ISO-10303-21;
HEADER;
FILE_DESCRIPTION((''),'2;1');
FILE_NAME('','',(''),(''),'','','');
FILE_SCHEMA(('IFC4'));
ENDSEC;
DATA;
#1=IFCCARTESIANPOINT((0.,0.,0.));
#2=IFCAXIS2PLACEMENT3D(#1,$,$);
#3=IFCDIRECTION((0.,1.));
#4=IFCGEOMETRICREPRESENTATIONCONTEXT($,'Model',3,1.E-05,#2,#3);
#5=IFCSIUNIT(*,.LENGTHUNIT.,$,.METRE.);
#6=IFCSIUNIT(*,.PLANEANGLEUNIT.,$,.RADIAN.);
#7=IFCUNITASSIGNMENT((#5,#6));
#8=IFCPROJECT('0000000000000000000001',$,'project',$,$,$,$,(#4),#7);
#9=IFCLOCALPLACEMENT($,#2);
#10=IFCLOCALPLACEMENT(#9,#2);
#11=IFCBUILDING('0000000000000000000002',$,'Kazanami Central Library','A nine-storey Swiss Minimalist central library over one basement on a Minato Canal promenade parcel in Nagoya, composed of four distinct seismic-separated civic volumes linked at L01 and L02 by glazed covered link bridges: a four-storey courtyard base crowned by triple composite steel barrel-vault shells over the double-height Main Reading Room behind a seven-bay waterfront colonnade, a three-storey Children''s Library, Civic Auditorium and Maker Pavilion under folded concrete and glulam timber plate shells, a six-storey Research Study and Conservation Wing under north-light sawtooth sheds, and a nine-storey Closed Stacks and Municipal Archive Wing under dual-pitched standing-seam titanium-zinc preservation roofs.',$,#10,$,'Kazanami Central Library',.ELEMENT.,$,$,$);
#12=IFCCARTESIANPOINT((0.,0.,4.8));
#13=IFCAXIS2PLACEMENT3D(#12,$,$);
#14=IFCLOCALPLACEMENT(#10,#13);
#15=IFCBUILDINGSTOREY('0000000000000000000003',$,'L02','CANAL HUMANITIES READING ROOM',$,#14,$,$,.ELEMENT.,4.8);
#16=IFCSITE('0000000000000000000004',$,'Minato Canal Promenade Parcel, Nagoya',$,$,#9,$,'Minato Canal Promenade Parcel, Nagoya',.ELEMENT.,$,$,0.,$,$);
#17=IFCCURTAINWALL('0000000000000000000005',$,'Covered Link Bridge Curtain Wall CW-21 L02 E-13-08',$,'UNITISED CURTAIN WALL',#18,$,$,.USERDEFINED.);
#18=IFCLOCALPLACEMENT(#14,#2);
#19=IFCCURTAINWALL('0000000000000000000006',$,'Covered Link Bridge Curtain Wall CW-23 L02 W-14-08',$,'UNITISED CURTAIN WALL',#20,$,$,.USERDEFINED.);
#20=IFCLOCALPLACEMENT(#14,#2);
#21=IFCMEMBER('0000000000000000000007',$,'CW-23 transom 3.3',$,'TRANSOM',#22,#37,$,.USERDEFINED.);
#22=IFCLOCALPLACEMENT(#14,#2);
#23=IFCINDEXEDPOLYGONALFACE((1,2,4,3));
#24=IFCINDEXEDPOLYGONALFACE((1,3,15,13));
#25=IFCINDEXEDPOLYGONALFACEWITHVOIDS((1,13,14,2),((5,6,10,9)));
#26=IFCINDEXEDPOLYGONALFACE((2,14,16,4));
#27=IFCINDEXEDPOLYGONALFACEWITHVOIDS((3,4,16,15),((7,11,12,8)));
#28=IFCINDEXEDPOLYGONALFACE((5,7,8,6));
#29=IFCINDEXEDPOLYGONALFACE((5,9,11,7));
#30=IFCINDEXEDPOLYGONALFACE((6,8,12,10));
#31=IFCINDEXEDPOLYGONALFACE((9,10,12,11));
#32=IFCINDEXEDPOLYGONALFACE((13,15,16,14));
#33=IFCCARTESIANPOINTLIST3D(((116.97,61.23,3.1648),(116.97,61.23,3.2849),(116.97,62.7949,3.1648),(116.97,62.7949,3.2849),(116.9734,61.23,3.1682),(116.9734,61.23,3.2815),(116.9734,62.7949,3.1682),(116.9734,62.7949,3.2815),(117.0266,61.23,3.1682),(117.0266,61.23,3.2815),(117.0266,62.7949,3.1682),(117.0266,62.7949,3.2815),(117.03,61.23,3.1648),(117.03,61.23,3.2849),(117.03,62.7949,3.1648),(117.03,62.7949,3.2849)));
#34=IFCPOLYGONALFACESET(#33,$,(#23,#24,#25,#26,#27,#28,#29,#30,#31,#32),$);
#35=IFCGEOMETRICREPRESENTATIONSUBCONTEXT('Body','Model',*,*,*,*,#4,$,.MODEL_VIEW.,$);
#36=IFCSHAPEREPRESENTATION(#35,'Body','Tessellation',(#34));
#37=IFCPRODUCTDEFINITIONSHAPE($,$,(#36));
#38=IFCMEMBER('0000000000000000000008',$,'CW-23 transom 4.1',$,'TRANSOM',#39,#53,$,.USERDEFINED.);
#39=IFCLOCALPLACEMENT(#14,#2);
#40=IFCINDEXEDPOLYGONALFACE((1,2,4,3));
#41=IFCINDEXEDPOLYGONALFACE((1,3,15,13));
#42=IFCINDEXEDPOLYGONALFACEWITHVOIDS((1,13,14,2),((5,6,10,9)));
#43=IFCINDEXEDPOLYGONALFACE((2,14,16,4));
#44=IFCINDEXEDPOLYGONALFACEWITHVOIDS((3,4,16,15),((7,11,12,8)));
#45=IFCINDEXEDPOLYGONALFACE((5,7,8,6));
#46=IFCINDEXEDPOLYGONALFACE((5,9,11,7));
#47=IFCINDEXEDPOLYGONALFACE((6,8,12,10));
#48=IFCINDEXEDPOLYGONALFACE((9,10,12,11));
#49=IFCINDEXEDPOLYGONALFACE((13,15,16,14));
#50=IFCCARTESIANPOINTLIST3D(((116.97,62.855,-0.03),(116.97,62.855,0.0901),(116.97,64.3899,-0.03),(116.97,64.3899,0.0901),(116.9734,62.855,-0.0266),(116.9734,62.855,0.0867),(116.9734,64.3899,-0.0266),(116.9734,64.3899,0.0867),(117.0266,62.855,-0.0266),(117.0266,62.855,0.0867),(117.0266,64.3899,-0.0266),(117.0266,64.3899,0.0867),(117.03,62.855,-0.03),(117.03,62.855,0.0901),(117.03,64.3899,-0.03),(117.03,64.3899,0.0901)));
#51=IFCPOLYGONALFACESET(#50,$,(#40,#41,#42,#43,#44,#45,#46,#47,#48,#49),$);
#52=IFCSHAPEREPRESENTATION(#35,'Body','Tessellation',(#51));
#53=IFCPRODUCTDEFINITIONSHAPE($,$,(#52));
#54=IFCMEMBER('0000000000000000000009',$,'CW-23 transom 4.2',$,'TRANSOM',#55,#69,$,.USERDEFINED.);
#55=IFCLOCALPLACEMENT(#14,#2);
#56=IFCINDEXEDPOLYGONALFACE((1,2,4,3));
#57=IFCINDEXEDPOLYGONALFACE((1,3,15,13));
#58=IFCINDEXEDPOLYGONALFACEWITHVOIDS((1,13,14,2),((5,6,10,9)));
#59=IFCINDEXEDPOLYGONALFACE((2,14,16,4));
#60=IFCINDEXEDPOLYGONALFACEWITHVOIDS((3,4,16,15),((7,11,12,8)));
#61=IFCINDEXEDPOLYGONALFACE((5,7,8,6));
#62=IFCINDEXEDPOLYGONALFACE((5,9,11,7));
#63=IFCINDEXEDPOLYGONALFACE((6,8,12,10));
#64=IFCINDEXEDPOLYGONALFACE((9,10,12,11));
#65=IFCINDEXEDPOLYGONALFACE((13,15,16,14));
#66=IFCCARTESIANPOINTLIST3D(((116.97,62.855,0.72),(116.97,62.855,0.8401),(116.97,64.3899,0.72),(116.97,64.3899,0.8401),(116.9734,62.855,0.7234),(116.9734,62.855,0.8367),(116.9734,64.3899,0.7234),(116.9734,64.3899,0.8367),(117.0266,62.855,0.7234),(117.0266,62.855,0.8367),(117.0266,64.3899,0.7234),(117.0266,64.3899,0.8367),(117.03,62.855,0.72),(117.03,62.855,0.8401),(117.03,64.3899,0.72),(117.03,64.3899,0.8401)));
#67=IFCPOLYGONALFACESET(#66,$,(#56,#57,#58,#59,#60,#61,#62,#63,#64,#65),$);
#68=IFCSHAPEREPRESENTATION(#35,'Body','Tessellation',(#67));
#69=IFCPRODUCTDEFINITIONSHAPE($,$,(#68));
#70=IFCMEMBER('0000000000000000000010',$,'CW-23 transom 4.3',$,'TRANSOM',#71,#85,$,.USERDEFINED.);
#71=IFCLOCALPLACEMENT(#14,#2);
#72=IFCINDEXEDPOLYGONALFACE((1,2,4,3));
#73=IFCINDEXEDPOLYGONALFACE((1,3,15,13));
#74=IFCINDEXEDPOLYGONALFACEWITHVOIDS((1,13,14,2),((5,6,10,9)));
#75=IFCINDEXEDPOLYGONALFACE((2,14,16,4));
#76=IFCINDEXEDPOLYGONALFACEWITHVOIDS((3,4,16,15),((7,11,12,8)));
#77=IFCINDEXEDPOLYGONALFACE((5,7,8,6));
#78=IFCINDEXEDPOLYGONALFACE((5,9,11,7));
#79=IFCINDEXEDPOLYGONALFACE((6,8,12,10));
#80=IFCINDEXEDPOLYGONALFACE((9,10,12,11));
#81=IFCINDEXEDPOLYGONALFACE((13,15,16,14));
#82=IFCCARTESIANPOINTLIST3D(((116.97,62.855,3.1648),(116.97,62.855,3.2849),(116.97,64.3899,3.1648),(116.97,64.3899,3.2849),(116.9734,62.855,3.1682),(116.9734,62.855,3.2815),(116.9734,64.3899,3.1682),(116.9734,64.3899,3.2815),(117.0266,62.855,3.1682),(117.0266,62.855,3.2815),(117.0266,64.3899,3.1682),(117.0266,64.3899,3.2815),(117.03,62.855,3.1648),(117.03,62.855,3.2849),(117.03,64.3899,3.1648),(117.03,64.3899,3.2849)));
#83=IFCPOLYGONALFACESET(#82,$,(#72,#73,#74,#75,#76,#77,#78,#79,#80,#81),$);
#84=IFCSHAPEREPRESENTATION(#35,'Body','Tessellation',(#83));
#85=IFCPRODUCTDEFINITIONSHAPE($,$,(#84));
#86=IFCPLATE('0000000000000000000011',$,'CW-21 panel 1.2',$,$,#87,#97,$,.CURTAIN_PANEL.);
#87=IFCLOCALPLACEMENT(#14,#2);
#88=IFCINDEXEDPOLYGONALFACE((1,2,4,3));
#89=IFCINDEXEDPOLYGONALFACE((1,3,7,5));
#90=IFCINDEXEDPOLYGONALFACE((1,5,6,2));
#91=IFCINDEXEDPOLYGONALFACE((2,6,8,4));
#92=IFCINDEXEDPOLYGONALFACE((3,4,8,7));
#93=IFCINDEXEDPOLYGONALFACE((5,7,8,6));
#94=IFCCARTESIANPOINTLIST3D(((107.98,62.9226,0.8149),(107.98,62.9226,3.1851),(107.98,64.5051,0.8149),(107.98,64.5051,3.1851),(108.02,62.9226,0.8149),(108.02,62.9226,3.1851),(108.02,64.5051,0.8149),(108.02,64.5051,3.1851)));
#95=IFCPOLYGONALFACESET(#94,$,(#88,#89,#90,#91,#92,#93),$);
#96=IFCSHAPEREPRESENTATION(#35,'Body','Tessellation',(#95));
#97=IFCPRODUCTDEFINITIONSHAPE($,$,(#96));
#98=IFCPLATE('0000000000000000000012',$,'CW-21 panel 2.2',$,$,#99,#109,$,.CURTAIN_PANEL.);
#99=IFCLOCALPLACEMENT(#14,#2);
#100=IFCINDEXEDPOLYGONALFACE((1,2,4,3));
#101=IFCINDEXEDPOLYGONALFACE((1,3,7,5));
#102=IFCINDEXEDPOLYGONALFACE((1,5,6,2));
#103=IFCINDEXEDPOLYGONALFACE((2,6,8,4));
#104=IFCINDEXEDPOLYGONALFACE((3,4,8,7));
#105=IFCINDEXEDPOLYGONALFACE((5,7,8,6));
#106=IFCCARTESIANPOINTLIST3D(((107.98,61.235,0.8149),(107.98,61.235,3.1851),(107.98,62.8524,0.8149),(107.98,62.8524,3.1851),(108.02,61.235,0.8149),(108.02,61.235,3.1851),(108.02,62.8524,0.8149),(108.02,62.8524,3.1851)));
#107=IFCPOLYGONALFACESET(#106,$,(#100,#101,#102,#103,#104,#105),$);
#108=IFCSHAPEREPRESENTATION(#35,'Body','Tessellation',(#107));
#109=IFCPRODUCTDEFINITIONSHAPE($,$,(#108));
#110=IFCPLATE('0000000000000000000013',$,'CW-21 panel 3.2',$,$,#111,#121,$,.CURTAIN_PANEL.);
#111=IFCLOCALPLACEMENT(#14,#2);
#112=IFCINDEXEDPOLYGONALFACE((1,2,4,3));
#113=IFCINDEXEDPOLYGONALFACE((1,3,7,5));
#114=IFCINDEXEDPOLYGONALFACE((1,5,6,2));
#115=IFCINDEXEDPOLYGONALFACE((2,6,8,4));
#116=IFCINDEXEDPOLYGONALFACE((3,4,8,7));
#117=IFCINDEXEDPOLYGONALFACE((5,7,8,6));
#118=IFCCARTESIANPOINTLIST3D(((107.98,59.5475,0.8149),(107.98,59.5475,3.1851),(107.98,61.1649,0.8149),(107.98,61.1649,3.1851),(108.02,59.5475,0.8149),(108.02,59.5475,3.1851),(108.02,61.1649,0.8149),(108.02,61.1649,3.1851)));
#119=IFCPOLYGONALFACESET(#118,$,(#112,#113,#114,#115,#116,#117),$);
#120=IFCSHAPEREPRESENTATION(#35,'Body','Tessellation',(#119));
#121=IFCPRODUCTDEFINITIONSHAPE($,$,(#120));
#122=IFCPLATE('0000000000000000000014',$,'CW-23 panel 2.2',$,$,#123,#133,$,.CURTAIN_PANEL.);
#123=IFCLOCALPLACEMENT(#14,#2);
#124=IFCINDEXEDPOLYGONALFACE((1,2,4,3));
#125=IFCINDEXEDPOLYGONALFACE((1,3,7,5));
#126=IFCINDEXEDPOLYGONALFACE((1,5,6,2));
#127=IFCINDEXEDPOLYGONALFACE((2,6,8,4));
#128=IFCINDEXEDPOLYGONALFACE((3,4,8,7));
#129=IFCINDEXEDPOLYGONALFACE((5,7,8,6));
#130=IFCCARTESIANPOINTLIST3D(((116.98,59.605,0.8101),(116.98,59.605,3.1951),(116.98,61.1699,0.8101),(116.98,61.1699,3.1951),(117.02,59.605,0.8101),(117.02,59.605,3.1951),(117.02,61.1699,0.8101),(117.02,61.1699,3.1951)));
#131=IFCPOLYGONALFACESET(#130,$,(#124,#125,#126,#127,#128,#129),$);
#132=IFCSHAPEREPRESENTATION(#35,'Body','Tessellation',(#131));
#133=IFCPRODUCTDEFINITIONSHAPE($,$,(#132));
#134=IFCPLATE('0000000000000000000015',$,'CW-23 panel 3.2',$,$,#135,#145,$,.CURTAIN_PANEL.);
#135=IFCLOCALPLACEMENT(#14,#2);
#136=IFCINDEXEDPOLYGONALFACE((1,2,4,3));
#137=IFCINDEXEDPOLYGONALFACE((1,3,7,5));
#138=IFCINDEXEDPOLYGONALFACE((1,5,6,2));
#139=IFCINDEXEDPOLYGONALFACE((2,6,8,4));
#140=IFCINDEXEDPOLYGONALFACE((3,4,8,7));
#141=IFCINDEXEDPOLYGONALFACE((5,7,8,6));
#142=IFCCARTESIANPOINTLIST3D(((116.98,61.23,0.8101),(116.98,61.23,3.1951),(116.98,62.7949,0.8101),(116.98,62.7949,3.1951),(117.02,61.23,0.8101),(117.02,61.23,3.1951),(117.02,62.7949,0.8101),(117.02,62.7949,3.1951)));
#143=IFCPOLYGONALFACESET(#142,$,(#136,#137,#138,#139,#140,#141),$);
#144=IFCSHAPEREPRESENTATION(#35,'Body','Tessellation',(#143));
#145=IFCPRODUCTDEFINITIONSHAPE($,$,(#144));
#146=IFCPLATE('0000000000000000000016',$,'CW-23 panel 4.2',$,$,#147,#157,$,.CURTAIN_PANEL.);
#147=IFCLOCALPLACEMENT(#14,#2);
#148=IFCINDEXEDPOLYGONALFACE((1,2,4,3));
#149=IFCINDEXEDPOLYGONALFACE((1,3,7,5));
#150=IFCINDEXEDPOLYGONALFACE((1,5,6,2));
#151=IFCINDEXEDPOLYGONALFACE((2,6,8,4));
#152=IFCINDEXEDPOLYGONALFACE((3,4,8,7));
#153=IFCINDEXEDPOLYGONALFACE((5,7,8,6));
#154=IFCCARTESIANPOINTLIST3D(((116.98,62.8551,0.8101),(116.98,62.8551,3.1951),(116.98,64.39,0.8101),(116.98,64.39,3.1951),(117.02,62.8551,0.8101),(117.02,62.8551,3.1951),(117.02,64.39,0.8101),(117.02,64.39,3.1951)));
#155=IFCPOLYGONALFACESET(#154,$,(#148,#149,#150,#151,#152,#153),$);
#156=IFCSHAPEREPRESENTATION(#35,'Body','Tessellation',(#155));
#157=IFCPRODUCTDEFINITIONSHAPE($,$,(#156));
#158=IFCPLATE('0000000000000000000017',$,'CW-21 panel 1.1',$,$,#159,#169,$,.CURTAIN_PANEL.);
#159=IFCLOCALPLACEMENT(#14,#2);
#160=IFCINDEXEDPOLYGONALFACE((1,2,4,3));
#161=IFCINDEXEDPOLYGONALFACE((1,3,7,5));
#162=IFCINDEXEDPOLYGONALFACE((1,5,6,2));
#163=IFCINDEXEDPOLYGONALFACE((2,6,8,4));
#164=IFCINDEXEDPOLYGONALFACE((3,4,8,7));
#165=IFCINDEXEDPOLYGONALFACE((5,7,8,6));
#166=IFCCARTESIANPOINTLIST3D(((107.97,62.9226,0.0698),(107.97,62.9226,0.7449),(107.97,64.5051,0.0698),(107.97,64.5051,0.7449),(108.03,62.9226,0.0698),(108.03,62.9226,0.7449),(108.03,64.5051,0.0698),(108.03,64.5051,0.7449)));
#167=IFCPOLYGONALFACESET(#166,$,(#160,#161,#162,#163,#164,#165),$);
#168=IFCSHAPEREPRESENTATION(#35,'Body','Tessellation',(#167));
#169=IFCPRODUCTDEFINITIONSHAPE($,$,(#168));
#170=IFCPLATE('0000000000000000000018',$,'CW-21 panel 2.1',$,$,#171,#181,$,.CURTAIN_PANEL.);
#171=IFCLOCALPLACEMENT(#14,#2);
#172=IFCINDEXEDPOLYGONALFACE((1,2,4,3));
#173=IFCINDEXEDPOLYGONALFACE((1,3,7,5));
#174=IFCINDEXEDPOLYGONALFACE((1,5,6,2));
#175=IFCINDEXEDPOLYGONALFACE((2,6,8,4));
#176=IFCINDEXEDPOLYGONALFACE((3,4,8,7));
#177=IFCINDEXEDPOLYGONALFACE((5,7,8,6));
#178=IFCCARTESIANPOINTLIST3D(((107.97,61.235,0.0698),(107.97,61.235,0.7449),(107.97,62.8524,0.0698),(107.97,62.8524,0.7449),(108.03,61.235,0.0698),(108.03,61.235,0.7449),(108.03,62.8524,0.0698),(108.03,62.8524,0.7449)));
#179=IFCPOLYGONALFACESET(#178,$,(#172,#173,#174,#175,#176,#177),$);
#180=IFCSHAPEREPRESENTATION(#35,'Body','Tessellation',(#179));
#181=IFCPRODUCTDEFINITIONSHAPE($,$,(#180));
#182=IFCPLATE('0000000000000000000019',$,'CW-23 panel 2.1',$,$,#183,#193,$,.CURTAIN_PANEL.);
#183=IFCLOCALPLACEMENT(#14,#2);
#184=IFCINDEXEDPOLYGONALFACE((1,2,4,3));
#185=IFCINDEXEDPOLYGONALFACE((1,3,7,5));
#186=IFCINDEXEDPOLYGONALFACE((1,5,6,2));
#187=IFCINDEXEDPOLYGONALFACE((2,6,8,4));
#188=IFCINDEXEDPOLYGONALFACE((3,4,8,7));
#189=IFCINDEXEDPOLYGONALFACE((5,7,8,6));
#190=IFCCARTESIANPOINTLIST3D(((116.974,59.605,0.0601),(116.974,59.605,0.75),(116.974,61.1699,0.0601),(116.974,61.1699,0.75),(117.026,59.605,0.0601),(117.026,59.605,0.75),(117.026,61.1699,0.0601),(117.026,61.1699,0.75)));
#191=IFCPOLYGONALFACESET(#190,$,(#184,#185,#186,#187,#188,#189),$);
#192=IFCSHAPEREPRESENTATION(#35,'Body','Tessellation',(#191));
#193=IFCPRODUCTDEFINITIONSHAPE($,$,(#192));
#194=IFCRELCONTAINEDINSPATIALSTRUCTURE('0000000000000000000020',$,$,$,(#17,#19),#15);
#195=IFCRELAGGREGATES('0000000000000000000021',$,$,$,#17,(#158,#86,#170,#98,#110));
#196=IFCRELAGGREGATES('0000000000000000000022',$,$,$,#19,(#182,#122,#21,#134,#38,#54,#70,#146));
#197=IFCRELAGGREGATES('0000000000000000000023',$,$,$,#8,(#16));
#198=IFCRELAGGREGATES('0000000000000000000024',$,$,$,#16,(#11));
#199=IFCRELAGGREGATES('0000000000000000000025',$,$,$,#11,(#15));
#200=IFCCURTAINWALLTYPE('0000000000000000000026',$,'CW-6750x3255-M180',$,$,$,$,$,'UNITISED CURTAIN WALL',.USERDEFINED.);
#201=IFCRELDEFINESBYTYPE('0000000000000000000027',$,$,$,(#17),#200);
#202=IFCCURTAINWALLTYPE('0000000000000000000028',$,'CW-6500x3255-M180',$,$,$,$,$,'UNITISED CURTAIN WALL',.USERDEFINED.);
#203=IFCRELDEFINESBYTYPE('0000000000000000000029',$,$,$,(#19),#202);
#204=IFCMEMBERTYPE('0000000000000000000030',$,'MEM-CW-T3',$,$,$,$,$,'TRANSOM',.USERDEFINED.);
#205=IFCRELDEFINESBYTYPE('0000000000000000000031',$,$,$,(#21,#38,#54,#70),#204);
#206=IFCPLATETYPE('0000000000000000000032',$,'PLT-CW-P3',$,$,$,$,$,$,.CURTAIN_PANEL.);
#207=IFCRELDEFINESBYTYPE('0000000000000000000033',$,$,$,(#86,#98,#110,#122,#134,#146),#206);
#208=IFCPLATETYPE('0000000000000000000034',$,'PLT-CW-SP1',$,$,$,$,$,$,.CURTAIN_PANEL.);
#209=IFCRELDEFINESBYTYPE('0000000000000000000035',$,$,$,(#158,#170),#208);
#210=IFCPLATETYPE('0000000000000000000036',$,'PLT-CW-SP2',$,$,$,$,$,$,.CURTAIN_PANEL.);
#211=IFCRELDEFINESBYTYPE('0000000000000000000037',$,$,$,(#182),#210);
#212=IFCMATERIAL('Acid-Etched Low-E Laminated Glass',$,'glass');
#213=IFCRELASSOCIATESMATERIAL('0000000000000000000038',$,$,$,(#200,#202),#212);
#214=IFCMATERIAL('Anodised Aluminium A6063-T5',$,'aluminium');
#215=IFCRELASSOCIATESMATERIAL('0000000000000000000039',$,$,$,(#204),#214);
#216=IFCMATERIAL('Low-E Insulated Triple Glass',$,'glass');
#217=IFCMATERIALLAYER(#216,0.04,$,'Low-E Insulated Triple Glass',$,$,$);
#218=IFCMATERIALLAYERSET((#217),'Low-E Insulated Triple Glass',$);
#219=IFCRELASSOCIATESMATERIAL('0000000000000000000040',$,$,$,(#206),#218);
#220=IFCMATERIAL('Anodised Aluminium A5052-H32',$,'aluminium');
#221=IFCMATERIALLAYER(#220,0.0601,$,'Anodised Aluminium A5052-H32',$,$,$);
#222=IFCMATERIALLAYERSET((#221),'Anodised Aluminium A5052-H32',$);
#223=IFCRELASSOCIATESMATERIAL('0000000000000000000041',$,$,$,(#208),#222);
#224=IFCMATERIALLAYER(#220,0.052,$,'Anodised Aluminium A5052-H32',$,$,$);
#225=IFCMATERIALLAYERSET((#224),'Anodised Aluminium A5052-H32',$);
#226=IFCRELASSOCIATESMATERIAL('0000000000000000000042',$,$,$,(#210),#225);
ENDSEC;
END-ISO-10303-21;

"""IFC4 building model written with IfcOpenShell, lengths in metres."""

from ifc_helpers import new_model, si_unit, direction, frame, origin, origin_2d, place, context, subcontext, project, spatial, rectangle, hollow_rectangle, extrude, material, layer, layer_set, material_profile, profile_set, type_object, element, aggregate, save


model = new_model("IFC4")

# Units and contexts
model_context = context("Model", 3, precision=1e-05, world=origin(), true_north=direction((0.0, 1.0)))
body_context = subcontext(model_context, "Body", "Model", "MODEL_VIEW")
ifc_project = project(units=[si_unit("LENGTHUNIT", "METRE"), si_unit("PLANEANGLEUNIT", "RADIAN")], contexts=[model_context])

# Site, building, storey
site_placement = place(None, origin())
site = spatial("IfcSite", under=ifc_project, at=site_placement, Name="Minato Canal Promenade Parcel, Nagoya", LongName="Minato Canal Promenade Parcel, Nagoya", CompositionType="ELEMENT", RefElevation=0.0)
building_placement = place(site_placement, origin())
building = spatial("IfcBuilding", under=site, at=building_placement, Name="Kazanami Central Library", Description="A nine-storey Swiss Minimalist central library over one basement on a Minato Canal promenade parcel in Nagoya, composed of four distinct seismic-separated civic volumes linked at L01 and L02 by glazed covered link bridges: a four-storey courtyard base crowned by triple composite steel barrel-vault shells over the double-height Main Reading Room behind a seven-bay waterfront colonnade, a three-storey Children's Library, Civic Auditorium and Maker Pavilion under folded concrete and glulam timber plate shells, a six-storey Research Study and Conservation Wing under north-light sawtooth sheds, and a nine-storey Closed Stacks and Municipal Archive Wing under dual-pitched standing-seam titanium-zinc preservation roofs.", LongName="Kazanami Central Library", CompositionType="ELEMENT")
storey_placement = place(building_placement, frame((0.0, 0.0, 4.8)))
storey = spatial("IfcBuildingStorey", under=building, at=storey_placement, Name="L02", Description="CANAL HUMANITIES READING ROOM", CompositionType="ELEMENT", Elevation=4.8)

# Curtain wall
ifc_material_1 = material(Name="Acid-Etched Low-E Laminated Glass", Category="glass")
curtain_wall_type_1 = type_object("IfcCurtainWallType", Name="CW-6750x3255-M180", ElementType="UNITISED CURTAIN WALL", PredefinedType="USERDEFINED", material=ifc_material_1)
curtain_wall_1_placement = place(storey_placement, origin())
curtain_wall_1 = element("IfcCurtainWall", 1, at=curtain_wall_1_placement, inside=storey, type_object=curtain_wall_type_1, Name="Covered Link Bridge Curtain Wall CW-21 L02 E-13-08", ObjectType="UNITISED CURTAIN WALL", PredefinedType="USERDEFINED")
ifc_material_2 = material(Name="Anodised Aluminium A6063-T5", Category="aluminium")

# Curtain wall
curtain_wall_type_2 = type_object("IfcCurtainWallType", Name="CW-6500x3255-M180", ElementType="UNITISED CURTAIN WALL", PredefinedType="USERDEFINED", material=ifc_material_1)
curtain_wall_2_placement = place(storey_placement, origin())
curtain_wall_2 = element("IfcCurtainWall", 2, at=curtain_wall_2_placement, inside=storey, type_object=curtain_wall_type_2, Name="Covered Link Bridge Curtain Wall CW-23 L02 W-14-08", ObjectType="UNITISED CURTAIN WALL", PredefinedType="USERDEFINED")

# Members
ifc_material_profile_1 = material_profile(ifc_material_2, hollow_rectangle(XDim=0.0601, YDim=0.1201, WallThickness=0.0034, at=origin_2d()), Name="ALU-TRAN-60x120x3.5")
ifc_profile_set_1 = profile_set([ifc_material_profile_1], Name="Anodised Aluminium A6063-T5")
member_type_1 = type_object("IfcMemberType", Name="MEM-CW-T3", ElementType="TRANSOM", PredefinedType="USERDEFINED", material=ifc_profile_set_1)
member_1_placement = place(storey_placement, frame((117.0, 61.23, 3.2249), z_axis=(0.0, 1.0, 0.0), x_axis=(-1.0, 0.0, 0.0)))
member_1 = element("IfcMember", 3, at=member_1_placement, type_object=member_type_1, Name="CW-23 transom 3.3", ObjectType="TRANSOM", PredefinedType="USERDEFINED", context=body_context, shape_type="SweptSolid", body=[
    extrude(hollow_rectangle(XDim=0.0601, YDim=0.1201, WallThickness=0.0034, at=origin_2d()), origin(), (0.0, 0.0, 1.0), 1.5649),
])
member_2_placement = place(storey_placement, frame((117.0, 62.855, 0.03), z_axis=(0.0, 1.0, 0.0), x_axis=(-1.0, 0.0, 0.0)))
member_2 = element("IfcMember", 4, at=member_2_placement, type_object=member_type_1, Name="CW-23 transom 4.1", ObjectType="TRANSOM", PredefinedType="USERDEFINED", context=body_context, shape_type="SweptSolid", body=[
    extrude(hollow_rectangle(XDim=0.0601, YDim=0.1201, WallThickness=0.0034, at=origin_2d()), origin(), (0.0, 0.0, 1.0), 1.5349),
])
member_3_placement = place(storey_placement, frame((117.0, 62.855, 0.78), z_axis=(0.0, 1.0, 0.0), x_axis=(-1.0, 0.0, 0.0)))
member_3 = element("IfcMember", 5, at=member_3_placement, type_object=member_type_1, Name="CW-23 transom 4.2", ObjectType="TRANSOM", PredefinedType="USERDEFINED", context=body_context, shape_type="SweptSolid", body=[
    extrude(hollow_rectangle(XDim=0.0601, YDim=0.1201, WallThickness=0.0034, at=origin_2d()), origin(), (0.0, 0.0, 1.0), 1.5349),
])
member_4_placement = place(storey_placement, frame((117.0, 62.855, 3.2249), z_axis=(0.0, 1.0, 0.0), x_axis=(-1.0, 0.0, 0.0)))
member_4 = element("IfcMember", 6, at=member_4_placement, type_object=member_type_1, Name="CW-23 transom 4.3", ObjectType="TRANSOM", PredefinedType="USERDEFINED", context=body_context, shape_type="SweptSolid", body=[
    extrude(hollow_rectangle(XDim=0.0601, YDim=0.1201, WallThickness=0.0034, at=origin_2d()), origin(), (0.0, 0.0, 1.0), 1.5349),
])

# Plates
ifc_material_3 = material(Name="Low-E Insulated Triple Glass", Category="glass")
ifc_layer_1 = layer(ifc_material_3, 0.04, Name="Low-E Insulated Triple Glass")
ifc_layer_set_1 = layer_set([ifc_layer_1], Name="Low-E Insulated Triple Glass")
plate_type_1 = type_object("IfcPlateType", Name="PLT-CW-P3", PredefinedType="CURTAIN_PANEL", material=ifc_layer_set_1)
plate_1_placement = place(storey_placement, frame((108.0, 63.7139, 0.8149), z_axis=(0.0, 0.0, 1.0), x_axis=(0.0, -1.0, 0.0)))
plate_1 = element("IfcPlate", 7, at=plate_1_placement, type_object=plate_type_1, Name="CW-21 panel 1.2", PredefinedType="CURTAIN_PANEL", context=body_context, shape_type="SweptSolid", body=[
    extrude(rectangle(XDim=1.5825, YDim=0.04, at=origin_2d()), origin(), (0.0, 0.0, 1.0), 2.3701),
])
plate_2_placement = place(storey_placement, frame((108.0, 62.0437, 0.8149), z_axis=(0.0, 0.0, 1.0), x_axis=(0.0, -1.0, 0.0)))
plate_2 = element("IfcPlate", 8, at=plate_2_placement, type_object=plate_type_1, Name="CW-21 panel 2.2", PredefinedType="CURTAIN_PANEL", context=body_context, shape_type="SweptSolid", body=[
    extrude(rectangle(XDim=1.6174, YDim=0.04, at=origin_2d()), origin(), (0.0, 0.0, 1.0), 2.3701),
])
plate_3_placement = place(storey_placement, frame((108.0, 60.3562, 0.8149), z_axis=(0.0, 0.0, 1.0), x_axis=(0.0, -1.0, 0.0)))
plate_3 = element("IfcPlate", 9, at=plate_3_placement, type_object=plate_type_1, Name="CW-21 panel 3.2", PredefinedType="CURTAIN_PANEL", context=body_context, shape_type="SweptSolid", body=[
    extrude(rectangle(XDim=1.6174, YDim=0.04, at=origin_2d()), origin(), (0.0, 0.0, 1.0), 2.3701),
])
plate_4_placement = place(storey_placement, frame((117.0, 60.3875, 0.8101), z_axis=(0.0, 0.0, 1.0), x_axis=(0.0, 1.0, 0.0)))
plate_4 = element("IfcPlate", 10, at=plate_4_placement, type_object=plate_type_1, Name="CW-23 panel 2.2", PredefinedType="CURTAIN_PANEL", context=body_context, shape_type="SweptSolid", body=[
    extrude(rectangle(XDim=1.5649, YDim=0.04, at=origin_2d()), origin(), (0.0, 0.0, 1.0), 2.385),
])
plate_5_placement = place(storey_placement, frame((117.0, 62.0125, 0.8101), z_axis=(0.0, 0.0, 1.0), x_axis=(0.0, 1.0, 0.0)))
plate_5 = element("IfcPlate", 11, at=plate_5_placement, type_object=plate_type_1, Name="CW-23 panel 3.2", PredefinedType="CURTAIN_PANEL", context=body_context, shape_type="SweptSolid", body=[
    extrude(rectangle(XDim=1.5649, YDim=0.04, at=origin_2d()), origin(), (0.0, 0.0, 1.0), 2.385),
])
plate_6_placement = place(storey_placement, frame((117.0, 63.6226, 0.8101), z_axis=(0.0, 0.0, 1.0), x_axis=(0.0, 1.0, 0.0)))
plate_6 = element("IfcPlate", 12, at=plate_6_placement, type_object=plate_type_1, Name="CW-23 panel 4.2", PredefinedType="CURTAIN_PANEL", context=body_context, shape_type="SweptSolid", body=[
    extrude(rectangle(XDim=1.5349, YDim=0.04, at=origin_2d()), origin(), (0.0, 0.0, 1.0), 2.385),
])
ifc_material_4 = material(Name="Anodised Aluminium A5052-H32", Category="aluminium")
ifc_layer_2 = layer(ifc_material_4, 0.0601, Name="Anodised Aluminium A5052-H32")
ifc_layer_set_2 = layer_set([ifc_layer_2], Name="Anodised Aluminium A5052-H32")
plate_type_2 = type_object("IfcPlateType", Name="PLT-CW-SP1", PredefinedType="CURTAIN_PANEL", material=ifc_layer_set_2)
plate_7_placement = place(storey_placement, frame((108.0, 63.7139, 0.0698), z_axis=(0.0, 0.0, 1.0), x_axis=(0.0, -1.0, 0.0)))
plate_7 = element("IfcPlate", 13, at=plate_7_placement, type_object=plate_type_2, Name="CW-21 panel 1.1", PredefinedType="CURTAIN_PANEL", context=body_context, shape_type="SweptSolid", body=[
    extrude(rectangle(XDim=1.5825, YDim=0.0601, at=origin_2d()), origin(), (0.0, 0.0, 1.0), 0.675),
])
plate_8_placement = place(storey_placement, frame((108.0, 62.0437, 0.0698), z_axis=(0.0, 0.0, 1.0), x_axis=(0.0, -1.0, 0.0)))
plate_8 = element("IfcPlate", 14, at=plate_8_placement, type_object=plate_type_2, Name="CW-21 panel 2.1", PredefinedType="CURTAIN_PANEL", context=body_context, shape_type="SweptSolid", body=[
    extrude(rectangle(XDim=1.6174, YDim=0.0601, at=origin_2d()), origin(), (0.0, 0.0, 1.0), 0.675),
])
aggregate(curtain_wall_1, [plate_7, plate_1, plate_8, plate_2, plate_3])
ifc_layer_3 = layer(ifc_material_4, 0.052, Name="Anodised Aluminium A5052-H32")
ifc_layer_set_3 = layer_set([ifc_layer_3], Name="Anodised Aluminium A5052-H32")
plate_type_3 = type_object("IfcPlateType", Name="PLT-CW-SP2", PredefinedType="CURTAIN_PANEL", material=ifc_layer_set_3)
plate_9_placement = place(storey_placement, frame((117.0, 60.3875, 0.0601), z_axis=(0.0, 0.0, 1.0), x_axis=(0.0, 1.0, 0.0)))
plate_9 = element("IfcPlate", 15, at=plate_9_placement, type_object=plate_type_3, Name="CW-23 panel 2.1", PredefinedType="CURTAIN_PANEL", context=body_context, shape_type="SweptSolid", body=[
    extrude(rectangle(XDim=1.5649, YDim=0.052, at=origin_2d()), origin(), (0.0, 0.0, 1.0), 0.6899),
])
aggregate(curtain_wall_2, [plate_9, plate_4, member_1, plate_5, member_2, member_3, member_4, plate_6])

save(model, "model.ifc")
